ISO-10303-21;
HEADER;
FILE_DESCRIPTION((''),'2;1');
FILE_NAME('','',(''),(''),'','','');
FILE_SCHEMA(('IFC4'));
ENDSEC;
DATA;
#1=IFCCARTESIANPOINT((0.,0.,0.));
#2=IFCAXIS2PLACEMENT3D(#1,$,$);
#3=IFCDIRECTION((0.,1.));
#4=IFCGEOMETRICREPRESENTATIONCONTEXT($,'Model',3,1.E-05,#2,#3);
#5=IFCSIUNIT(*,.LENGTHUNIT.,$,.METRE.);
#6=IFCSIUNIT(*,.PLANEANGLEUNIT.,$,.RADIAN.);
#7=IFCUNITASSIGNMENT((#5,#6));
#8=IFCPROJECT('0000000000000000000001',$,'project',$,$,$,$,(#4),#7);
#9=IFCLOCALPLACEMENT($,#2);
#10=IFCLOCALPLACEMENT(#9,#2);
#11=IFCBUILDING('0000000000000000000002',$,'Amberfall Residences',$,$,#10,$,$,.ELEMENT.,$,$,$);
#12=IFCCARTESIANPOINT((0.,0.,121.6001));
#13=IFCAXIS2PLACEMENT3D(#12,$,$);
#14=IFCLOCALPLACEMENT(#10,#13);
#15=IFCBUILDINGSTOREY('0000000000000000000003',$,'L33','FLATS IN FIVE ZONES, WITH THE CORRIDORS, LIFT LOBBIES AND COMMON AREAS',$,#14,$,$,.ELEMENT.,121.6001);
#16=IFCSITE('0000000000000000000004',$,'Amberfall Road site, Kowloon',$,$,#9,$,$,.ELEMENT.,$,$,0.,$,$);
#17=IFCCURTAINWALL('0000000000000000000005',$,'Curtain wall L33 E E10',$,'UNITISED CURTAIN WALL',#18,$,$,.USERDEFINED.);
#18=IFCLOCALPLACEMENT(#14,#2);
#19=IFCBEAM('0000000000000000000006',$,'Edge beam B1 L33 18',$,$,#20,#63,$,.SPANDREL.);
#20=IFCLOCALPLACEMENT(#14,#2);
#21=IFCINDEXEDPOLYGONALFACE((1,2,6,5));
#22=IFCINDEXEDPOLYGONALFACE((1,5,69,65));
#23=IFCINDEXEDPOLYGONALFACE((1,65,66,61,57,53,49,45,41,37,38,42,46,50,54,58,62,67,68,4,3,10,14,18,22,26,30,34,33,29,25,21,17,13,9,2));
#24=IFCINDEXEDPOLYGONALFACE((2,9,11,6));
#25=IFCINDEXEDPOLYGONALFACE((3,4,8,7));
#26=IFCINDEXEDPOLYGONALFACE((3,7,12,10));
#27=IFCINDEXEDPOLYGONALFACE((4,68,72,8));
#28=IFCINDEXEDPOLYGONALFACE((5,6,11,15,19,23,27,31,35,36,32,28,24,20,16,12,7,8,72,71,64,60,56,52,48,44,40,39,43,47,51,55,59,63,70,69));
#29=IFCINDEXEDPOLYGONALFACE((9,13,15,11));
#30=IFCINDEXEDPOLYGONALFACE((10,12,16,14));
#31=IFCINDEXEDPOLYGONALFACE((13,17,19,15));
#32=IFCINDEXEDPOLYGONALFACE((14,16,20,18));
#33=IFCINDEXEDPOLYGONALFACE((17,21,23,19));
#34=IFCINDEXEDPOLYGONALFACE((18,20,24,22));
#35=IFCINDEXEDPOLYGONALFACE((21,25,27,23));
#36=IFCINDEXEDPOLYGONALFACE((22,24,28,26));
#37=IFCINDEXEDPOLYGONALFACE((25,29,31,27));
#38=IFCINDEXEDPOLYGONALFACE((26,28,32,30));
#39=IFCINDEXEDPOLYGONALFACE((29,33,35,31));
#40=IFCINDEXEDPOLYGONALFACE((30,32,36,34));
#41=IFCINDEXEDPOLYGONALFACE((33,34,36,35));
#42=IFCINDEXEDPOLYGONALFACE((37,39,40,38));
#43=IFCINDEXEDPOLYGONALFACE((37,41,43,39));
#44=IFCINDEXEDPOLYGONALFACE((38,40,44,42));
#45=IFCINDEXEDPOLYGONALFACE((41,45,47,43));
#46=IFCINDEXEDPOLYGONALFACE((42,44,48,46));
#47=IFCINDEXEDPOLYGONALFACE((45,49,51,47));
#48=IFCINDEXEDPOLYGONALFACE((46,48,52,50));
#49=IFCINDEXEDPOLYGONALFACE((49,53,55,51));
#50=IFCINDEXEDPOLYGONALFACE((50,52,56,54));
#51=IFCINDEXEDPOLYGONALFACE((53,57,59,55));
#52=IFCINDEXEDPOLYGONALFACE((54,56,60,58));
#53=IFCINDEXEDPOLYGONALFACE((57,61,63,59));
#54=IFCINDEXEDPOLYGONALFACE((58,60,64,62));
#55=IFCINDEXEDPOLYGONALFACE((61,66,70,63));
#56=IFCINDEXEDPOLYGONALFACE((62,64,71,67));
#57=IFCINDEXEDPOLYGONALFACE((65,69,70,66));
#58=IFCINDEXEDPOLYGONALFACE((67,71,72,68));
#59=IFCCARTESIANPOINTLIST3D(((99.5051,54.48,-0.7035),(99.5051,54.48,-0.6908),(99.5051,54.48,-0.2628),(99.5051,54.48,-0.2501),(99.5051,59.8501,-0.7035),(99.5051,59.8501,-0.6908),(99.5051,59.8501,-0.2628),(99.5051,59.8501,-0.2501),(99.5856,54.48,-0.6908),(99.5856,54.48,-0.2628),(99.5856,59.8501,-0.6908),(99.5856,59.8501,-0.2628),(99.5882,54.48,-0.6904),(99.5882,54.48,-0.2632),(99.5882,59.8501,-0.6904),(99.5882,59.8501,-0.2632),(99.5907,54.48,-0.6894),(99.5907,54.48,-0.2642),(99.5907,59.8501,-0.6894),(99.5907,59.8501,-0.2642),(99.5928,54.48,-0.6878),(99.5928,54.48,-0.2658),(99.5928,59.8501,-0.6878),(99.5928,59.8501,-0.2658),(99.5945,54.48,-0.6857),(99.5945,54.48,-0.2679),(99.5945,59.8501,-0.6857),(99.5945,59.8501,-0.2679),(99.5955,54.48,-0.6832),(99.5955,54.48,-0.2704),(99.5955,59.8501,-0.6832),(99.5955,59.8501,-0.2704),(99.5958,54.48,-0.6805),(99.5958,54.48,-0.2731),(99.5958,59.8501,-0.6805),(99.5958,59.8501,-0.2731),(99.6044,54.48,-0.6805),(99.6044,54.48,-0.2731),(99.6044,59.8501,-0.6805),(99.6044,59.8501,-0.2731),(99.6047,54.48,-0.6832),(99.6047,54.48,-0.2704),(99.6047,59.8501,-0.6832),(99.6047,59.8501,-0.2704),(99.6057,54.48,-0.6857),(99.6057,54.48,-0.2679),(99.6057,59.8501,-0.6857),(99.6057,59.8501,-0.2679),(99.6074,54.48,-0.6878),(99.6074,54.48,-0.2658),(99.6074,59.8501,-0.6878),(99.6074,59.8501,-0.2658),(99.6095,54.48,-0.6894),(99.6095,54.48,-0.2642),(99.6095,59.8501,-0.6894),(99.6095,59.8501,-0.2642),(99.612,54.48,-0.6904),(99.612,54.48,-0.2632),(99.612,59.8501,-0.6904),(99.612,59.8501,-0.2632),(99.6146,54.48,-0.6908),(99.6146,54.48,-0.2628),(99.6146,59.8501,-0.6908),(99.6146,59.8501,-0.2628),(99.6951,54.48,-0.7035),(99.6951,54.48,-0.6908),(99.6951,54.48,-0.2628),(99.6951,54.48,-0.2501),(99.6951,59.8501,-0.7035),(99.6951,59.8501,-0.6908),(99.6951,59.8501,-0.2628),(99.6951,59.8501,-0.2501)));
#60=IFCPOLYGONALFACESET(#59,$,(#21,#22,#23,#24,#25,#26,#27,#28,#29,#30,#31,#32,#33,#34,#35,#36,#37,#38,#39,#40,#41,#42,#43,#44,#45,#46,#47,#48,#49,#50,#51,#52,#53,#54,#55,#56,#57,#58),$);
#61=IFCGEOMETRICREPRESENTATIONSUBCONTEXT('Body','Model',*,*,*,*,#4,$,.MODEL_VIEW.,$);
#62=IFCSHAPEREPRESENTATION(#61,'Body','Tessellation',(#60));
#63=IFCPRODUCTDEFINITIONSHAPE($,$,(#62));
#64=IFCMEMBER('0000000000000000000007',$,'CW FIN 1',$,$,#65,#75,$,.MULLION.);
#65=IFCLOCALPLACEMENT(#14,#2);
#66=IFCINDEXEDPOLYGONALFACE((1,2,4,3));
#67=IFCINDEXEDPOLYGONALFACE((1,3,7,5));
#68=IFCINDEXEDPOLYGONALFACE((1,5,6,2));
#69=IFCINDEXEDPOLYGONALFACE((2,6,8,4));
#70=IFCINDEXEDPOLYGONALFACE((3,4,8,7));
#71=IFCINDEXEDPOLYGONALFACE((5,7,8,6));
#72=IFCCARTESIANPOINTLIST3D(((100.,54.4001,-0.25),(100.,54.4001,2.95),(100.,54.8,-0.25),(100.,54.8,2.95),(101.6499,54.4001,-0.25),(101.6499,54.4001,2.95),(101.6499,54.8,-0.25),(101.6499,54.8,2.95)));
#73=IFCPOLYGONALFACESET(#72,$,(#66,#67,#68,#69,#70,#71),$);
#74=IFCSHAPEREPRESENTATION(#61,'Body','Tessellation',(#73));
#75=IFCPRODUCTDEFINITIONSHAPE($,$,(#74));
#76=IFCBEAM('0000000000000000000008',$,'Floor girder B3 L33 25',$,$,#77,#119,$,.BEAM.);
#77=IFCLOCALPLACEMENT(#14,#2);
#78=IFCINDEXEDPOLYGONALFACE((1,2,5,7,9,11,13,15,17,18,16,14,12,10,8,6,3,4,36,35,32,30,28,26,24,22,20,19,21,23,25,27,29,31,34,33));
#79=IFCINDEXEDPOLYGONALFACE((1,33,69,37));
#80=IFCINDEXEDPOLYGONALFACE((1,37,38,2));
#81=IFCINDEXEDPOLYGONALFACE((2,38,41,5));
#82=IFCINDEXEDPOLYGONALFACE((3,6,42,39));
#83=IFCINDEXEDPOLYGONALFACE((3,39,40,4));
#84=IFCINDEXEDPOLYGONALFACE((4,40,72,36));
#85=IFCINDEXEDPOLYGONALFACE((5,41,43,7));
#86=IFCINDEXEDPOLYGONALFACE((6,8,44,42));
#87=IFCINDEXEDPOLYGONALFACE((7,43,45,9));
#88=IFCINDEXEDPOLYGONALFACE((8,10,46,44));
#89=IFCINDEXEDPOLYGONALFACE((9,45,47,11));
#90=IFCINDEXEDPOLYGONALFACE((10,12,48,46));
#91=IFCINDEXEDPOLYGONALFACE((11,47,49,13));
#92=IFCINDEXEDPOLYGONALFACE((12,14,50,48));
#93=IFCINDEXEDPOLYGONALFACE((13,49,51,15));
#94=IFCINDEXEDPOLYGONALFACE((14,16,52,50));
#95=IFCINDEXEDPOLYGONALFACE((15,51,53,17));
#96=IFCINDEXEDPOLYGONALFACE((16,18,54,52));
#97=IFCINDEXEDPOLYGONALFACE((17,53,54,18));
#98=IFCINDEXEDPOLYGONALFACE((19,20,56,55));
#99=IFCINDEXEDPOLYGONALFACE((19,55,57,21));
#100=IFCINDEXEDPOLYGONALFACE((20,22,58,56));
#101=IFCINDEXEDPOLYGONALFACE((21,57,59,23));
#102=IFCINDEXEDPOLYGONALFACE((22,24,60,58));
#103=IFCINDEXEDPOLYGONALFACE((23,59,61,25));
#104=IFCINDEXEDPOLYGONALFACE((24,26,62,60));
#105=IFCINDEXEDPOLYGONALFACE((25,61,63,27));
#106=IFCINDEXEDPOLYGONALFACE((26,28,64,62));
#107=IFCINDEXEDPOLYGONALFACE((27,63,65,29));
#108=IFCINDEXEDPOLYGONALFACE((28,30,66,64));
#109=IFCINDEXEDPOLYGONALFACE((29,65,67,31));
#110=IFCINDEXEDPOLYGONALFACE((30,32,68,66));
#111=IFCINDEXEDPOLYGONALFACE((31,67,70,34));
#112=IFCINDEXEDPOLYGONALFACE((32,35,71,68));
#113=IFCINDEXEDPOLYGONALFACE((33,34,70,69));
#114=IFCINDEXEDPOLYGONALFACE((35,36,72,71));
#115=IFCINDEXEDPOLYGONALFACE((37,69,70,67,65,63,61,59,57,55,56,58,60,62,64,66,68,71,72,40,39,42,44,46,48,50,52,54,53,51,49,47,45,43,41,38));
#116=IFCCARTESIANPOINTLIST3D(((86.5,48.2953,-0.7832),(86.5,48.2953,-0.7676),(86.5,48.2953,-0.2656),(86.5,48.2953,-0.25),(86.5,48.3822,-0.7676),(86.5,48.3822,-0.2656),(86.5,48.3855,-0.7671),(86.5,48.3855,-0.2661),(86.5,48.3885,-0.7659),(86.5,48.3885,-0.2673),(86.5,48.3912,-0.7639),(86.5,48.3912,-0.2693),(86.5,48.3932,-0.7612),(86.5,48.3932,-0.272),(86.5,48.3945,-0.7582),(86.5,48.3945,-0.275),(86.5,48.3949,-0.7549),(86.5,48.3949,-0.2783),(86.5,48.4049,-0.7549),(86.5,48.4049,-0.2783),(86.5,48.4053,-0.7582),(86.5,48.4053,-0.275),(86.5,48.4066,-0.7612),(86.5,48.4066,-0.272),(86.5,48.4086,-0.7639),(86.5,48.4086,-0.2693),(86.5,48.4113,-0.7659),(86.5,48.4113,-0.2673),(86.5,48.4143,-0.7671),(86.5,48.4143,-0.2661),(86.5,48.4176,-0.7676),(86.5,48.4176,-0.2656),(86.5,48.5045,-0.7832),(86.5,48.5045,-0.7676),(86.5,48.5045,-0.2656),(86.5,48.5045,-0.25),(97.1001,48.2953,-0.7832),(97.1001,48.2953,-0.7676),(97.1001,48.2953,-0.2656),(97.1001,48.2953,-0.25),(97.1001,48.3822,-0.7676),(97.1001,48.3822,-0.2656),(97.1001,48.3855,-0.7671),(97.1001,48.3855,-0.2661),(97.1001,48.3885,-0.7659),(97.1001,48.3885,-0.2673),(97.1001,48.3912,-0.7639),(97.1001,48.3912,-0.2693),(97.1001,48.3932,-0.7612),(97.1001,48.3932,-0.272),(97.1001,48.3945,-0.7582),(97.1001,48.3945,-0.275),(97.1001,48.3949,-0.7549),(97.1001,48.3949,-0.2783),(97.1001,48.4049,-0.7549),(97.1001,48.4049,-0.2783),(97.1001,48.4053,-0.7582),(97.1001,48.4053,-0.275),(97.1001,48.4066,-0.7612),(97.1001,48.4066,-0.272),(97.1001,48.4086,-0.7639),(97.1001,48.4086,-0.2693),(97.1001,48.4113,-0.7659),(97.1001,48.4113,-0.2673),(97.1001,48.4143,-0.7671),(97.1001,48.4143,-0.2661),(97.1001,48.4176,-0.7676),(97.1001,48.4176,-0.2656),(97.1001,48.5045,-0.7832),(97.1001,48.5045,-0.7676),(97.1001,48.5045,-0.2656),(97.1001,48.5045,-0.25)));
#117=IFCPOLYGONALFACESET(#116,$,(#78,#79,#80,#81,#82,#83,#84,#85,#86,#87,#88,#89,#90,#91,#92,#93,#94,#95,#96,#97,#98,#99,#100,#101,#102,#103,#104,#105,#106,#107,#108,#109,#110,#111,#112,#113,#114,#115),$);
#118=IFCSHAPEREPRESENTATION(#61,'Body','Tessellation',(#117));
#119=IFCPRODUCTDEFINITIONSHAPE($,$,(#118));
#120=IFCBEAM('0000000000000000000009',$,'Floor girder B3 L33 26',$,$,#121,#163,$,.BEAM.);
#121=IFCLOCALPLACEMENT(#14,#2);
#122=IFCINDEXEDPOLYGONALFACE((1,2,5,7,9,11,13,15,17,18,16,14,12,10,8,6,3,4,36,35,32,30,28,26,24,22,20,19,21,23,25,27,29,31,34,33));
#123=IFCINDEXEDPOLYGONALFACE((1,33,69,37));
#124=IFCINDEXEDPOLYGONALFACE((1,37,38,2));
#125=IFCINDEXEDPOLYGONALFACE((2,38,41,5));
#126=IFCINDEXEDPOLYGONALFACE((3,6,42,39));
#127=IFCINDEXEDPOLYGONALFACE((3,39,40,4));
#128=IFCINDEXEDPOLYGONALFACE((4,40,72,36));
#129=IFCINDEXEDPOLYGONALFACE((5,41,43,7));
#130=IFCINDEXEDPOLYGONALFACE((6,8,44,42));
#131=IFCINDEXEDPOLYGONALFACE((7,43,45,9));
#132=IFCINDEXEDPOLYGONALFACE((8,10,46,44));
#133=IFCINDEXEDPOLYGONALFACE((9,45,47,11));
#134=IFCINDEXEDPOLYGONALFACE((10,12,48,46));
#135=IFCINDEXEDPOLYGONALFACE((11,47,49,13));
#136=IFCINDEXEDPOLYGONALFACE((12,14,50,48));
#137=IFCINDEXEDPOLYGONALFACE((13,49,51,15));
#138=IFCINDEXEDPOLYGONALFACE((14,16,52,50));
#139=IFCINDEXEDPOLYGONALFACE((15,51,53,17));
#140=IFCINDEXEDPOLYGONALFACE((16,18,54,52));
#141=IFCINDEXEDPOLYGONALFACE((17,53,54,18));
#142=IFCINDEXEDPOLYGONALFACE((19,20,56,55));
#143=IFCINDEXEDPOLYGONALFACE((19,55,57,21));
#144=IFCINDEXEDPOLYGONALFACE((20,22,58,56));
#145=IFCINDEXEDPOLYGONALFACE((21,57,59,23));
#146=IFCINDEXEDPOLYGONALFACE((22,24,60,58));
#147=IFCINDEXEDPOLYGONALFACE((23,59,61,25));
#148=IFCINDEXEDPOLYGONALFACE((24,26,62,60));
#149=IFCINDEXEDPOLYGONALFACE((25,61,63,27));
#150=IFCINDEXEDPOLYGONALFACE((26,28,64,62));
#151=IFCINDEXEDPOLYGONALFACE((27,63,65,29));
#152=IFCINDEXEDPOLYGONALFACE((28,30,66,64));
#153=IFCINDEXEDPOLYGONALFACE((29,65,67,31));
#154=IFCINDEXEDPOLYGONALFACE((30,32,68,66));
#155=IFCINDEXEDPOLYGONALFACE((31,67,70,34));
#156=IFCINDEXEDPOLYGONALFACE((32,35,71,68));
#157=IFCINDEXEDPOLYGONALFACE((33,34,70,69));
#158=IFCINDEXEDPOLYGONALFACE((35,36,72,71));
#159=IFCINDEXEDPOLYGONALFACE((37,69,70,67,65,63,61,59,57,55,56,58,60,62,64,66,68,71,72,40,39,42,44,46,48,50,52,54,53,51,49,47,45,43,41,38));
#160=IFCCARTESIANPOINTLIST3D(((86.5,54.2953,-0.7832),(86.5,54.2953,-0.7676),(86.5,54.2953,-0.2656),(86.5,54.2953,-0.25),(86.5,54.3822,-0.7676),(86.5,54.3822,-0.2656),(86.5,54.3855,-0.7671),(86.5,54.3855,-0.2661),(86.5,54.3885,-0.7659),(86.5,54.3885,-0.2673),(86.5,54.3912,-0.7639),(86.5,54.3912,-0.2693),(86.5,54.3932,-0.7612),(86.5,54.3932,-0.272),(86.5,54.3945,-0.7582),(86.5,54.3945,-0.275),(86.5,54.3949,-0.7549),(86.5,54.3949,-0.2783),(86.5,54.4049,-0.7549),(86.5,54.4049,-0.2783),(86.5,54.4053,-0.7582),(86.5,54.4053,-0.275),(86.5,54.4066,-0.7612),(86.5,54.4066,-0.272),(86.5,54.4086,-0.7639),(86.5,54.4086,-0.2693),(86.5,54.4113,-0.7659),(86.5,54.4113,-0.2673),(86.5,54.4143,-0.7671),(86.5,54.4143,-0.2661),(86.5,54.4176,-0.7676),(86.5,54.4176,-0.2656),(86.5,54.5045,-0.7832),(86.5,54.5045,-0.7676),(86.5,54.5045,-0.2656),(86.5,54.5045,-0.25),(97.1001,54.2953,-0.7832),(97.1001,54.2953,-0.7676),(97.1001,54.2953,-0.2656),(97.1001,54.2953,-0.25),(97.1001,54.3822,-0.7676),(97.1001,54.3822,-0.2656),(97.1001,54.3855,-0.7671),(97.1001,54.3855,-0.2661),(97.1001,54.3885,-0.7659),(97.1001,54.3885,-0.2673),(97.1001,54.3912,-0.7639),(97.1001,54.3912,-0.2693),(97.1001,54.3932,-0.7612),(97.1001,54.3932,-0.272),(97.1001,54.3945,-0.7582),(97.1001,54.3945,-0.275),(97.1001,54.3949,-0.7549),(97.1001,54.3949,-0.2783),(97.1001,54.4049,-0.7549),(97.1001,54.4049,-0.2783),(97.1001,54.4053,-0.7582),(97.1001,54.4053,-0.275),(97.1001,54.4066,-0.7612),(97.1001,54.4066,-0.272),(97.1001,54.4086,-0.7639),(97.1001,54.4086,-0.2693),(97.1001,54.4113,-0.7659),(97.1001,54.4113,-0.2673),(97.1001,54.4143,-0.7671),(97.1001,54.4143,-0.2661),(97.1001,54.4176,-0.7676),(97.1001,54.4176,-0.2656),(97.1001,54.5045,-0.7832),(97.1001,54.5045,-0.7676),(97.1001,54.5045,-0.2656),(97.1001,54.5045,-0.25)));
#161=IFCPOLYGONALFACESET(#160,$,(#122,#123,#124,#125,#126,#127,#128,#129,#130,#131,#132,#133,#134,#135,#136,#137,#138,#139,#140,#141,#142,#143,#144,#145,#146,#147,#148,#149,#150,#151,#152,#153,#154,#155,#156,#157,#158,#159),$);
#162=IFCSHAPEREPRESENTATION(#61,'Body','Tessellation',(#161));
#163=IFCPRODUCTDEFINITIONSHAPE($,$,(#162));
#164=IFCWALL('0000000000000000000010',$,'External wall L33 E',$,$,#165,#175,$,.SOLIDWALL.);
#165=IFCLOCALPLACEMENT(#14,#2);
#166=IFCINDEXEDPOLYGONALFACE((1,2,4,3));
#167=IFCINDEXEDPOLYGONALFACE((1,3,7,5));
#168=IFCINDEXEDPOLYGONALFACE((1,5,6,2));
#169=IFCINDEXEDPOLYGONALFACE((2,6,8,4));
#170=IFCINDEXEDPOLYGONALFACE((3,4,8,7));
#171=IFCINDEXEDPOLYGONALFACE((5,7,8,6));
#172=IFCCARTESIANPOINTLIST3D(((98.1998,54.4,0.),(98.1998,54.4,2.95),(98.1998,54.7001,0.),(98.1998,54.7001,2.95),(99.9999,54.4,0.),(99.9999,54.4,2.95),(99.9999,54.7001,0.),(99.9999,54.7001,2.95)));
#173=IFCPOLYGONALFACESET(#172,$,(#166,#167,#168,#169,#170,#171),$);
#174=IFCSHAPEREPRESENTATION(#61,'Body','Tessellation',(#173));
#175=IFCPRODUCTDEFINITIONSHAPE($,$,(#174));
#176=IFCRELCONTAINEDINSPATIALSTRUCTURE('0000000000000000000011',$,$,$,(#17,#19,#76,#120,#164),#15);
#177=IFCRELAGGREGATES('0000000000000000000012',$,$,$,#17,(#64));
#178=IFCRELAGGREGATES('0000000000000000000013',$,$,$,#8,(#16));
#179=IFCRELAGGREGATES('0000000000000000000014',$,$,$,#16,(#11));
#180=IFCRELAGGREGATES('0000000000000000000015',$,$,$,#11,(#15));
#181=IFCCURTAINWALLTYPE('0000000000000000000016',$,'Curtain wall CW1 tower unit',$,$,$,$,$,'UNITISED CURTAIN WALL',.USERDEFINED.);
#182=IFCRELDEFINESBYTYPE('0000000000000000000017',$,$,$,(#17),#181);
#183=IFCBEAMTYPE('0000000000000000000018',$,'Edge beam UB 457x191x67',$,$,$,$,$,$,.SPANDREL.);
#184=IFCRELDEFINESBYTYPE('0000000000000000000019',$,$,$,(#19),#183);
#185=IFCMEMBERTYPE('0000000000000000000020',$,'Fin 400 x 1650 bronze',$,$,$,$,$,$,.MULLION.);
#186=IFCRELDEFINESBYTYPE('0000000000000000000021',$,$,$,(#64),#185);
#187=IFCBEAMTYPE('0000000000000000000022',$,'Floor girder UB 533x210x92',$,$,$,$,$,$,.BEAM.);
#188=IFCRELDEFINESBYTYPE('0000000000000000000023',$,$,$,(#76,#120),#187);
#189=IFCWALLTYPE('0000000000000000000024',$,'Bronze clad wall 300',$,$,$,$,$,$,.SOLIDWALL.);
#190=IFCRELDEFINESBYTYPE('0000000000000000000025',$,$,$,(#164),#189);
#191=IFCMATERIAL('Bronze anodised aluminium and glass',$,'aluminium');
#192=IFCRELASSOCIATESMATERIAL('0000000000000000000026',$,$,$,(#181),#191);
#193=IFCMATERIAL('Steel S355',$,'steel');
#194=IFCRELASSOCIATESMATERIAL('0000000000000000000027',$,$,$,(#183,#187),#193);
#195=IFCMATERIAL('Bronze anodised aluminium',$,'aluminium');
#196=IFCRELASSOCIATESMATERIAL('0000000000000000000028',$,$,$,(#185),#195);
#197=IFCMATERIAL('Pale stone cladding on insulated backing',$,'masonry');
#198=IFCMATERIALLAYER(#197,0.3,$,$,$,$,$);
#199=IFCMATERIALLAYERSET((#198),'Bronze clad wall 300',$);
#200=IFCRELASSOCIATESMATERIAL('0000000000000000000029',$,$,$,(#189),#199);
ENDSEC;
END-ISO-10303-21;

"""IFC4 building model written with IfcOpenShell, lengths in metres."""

from ifc_helpers import new_model, si_unit, direction, frame, frame_2d, origin, origin_2d, place, context, subcontext, project, spatial, rectangle, i_section, extrude, material, layer, layer_set, material_profile, profile_set, type_object, element, aggregate, save


model = new_model("IFC4")

# Units and contexts
model_context = context("Model", 3, precision=1e-05, world=origin(), true_north=direction((0.0, 1.0)))
body_context = subcontext(model_context, "Body", "Model", "MODEL_VIEW")
ifc_project = project(units=[si_unit("LENGTHUNIT", "METRE"), si_unit("PLANEANGLEUNIT", "RADIAN")], contexts=[model_context])

# Site, building, storey
site_placement = place(None, origin())
site = spatial("IfcSite", under=ifc_project, at=site_placement, Name="Amberfall Road site, Kowloon", CompositionType="ELEMENT", RefElevation=0.0)
building_placement = place(site_placement, origin())
building = spatial("IfcBuilding", under=site, at=building_placement, Name="Amberfall Residences", CompositionType="ELEMENT")
storey_placement = place(building_placement, frame((0.0, 0.0, 121.6001)))
storey = spatial("IfcBuildingStorey", under=building, at=storey_placement, Name="L33", Description="FLATS IN FIVE ZONES, WITH THE CORRIDORS, LIFT LOBBIES AND COMMON AREAS", CompositionType="ELEMENT", Elevation=121.6001)

# Curtain wall
ifc_material_1 = material(Name="Bronze anodised aluminium and glass", Category="aluminium")
curtain_wall_type = type_object("IfcCurtainWallType", Name="Curtain wall CW1 tower unit", ElementType="UNITISED CURTAIN WALL", PredefinedType="USERDEFINED", material=ifc_material_1)
curtain_wall_placement = place(storey_placement, origin())
curtain_wall = element("IfcCurtainWall", 1, at=curtain_wall_placement, inside=storey, type_object=curtain_wall_type, Name="Curtain wall L33 E E10", ObjectType="UNITISED CURTAIN WALL", PredefinedType="USERDEFINED")
ifc_material_2 = material(Name="Bronze anodised aluminium", Category="aluminium")

# Beam
ifc_material_3 = material(Name="Steel S355", Category="steel")
ifc_material_profile_1 = material_profile(ifc_material_3, i_section(OverallWidth=0.1899, OverallDepth=0.4534, WebThickness=0.0085, FlangeThickness=0.0127, FilletRadius=0.0103, at=origin_2d()), Name="UB 457x191x67")
ifc_profile_set_1 = profile_set([ifc_material_profile_1], Name="Steel S355")
beam_type_1 = type_object("IfcBeamType", Name="Edge beam UB 457x191x67", PredefinedType="SPANDREL", material=ifc_profile_set_1)
beam_1_placement = place(storey_placement, frame((99.6001, 54.48, -0.4768), z_axis=(0.0, 1.0, 0.0), x_axis=(-1.0, 0.0, 0.0)))
element("IfcBeam", 2, at=beam_1_placement, inside=storey, type_object=beam_type_1, Name="Edge beam B1 L33 18", PredefinedType="SPANDREL", context=body_context, shape_type="SweptSolid", body=[
    extrude(i_section(OverallWidth=0.1899, OverallDepth=0.4534, WebThickness=0.0085, FlangeThickness=0.0127, FilletRadius=0.0103, at=origin_2d()), origin(), (0.0, 0.0, 1.0), 5.3701),
])

# Member
ifc_material_profile_2 = material_profile(ifc_material_2, rectangle(XDim=1.6499, YDim=0.3999, at=origin_2d()), Name="Fin 400 x 1650 bronze")
ifc_profile_set_2 = profile_set([ifc_material_profile_2], Name="Bronze anodised aluminium")
member_type_1 = type_object("IfcMemberType", Name="Fin 400 x 1650 bronze", PredefinedType="MULLION", material=ifc_profile_set_2)
member_1_placement = place(storey_placement, frame((100.825, 54.6001, -0.25), z_axis=(0.0, 0.0, 1.0), x_axis=(-1.0, 0.0, 0.0)))
member_1 = element("IfcMember", 3, at=member_1_placement, type_object=member_type_1, Name="CW FIN 1", PredefinedType="MULLION", context=body_context, shape_type="SweptSolid", body=[
    extrude(rectangle(XDim=1.6499, YDim=0.3999, at=origin_2d()), origin(), (0.0, 0.0, 1.0), 3.2),
])
aggregate(curtain_wall, [member_1])

# Beams
ifc_material_profile_3 = material_profile(ifc_material_3, i_section(OverallWidth=0.2092, OverallDepth=0.5332, WebThickness=0.01, FlangeThickness=0.0156, FilletRadius=0.0127, at=origin_2d()), Name="UB 533x210x92")
ifc_profile_set_3 = profile_set([ifc_material_profile_3], Name="Steel S355")
beam_type_2 = type_object("IfcBeamType", Name="Floor girder UB 533x210x92", PredefinedType="BEAM", material=ifc_profile_set_3)
for number, where, z_axis, x_axis, name in (
    (4, (97.1001, 48.3999, -0.5166), (-1.0, 0.0, 0.0), (0.0, -1.0, 0.0), "Floor girder B3 L33 25"),
    (5, (97.1001, 54.3999, -0.5166), (-1.0, 0.0, 0.0), (0.0, -1.0, 0.0), "Floor girder B3 L33 26"),
):
    element("IfcBeam", number, at=place(storey_placement, frame(where, z_axis=z_axis, x_axis=x_axis)), inside=storey, type_object=beam_type_2, Name=name, PredefinedType="BEAM", context=body_context, shape_type="SweptSolid", body=[
        extrude(i_section(OverallWidth=0.2092, OverallDepth=0.5332, WebThickness=0.01, FlangeThickness=0.0156, FilletRadius=0.0127, at=origin_2d()), origin(), (0.0, 0.0, 1.0), 10.6001),
    ])

# Wall
ifc_material_4 = material(Name="Pale stone cladding on insulated backing", Category="masonry")
ifc_layer_1 = layer(ifc_material_4, 0.3)
ifc_layer_set_1 = layer_set([ifc_layer_1], Name="Bronze clad wall 300")
wall_type_1 = type_object("IfcWallType", Name="Bronze clad wall 300", PredefinedType="SOLIDWALL", material=ifc_layer_set_1)
wall_1_placement = place(storey_placement, frame((98.2, 54.55, 0.0), z_axis=(0.0, 0.0, 1.0), x_axis=(1.0, 0.0, 0.0)))
element("IfcWall", 6, at=wall_1_placement, inside=storey, type_object=wall_type_1, Name="External wall L33 E", PredefinedType="SOLIDWALL", context=body_context, shape_type="SweptSolid", body=[
    extrude(rectangle(XDim=1.8, YDim=0.3, at=frame_2d((0.8999, 0.0))), origin(), (0.0, 0.0, 1.0), 2.95),
])

save(model, "model.ifc")
